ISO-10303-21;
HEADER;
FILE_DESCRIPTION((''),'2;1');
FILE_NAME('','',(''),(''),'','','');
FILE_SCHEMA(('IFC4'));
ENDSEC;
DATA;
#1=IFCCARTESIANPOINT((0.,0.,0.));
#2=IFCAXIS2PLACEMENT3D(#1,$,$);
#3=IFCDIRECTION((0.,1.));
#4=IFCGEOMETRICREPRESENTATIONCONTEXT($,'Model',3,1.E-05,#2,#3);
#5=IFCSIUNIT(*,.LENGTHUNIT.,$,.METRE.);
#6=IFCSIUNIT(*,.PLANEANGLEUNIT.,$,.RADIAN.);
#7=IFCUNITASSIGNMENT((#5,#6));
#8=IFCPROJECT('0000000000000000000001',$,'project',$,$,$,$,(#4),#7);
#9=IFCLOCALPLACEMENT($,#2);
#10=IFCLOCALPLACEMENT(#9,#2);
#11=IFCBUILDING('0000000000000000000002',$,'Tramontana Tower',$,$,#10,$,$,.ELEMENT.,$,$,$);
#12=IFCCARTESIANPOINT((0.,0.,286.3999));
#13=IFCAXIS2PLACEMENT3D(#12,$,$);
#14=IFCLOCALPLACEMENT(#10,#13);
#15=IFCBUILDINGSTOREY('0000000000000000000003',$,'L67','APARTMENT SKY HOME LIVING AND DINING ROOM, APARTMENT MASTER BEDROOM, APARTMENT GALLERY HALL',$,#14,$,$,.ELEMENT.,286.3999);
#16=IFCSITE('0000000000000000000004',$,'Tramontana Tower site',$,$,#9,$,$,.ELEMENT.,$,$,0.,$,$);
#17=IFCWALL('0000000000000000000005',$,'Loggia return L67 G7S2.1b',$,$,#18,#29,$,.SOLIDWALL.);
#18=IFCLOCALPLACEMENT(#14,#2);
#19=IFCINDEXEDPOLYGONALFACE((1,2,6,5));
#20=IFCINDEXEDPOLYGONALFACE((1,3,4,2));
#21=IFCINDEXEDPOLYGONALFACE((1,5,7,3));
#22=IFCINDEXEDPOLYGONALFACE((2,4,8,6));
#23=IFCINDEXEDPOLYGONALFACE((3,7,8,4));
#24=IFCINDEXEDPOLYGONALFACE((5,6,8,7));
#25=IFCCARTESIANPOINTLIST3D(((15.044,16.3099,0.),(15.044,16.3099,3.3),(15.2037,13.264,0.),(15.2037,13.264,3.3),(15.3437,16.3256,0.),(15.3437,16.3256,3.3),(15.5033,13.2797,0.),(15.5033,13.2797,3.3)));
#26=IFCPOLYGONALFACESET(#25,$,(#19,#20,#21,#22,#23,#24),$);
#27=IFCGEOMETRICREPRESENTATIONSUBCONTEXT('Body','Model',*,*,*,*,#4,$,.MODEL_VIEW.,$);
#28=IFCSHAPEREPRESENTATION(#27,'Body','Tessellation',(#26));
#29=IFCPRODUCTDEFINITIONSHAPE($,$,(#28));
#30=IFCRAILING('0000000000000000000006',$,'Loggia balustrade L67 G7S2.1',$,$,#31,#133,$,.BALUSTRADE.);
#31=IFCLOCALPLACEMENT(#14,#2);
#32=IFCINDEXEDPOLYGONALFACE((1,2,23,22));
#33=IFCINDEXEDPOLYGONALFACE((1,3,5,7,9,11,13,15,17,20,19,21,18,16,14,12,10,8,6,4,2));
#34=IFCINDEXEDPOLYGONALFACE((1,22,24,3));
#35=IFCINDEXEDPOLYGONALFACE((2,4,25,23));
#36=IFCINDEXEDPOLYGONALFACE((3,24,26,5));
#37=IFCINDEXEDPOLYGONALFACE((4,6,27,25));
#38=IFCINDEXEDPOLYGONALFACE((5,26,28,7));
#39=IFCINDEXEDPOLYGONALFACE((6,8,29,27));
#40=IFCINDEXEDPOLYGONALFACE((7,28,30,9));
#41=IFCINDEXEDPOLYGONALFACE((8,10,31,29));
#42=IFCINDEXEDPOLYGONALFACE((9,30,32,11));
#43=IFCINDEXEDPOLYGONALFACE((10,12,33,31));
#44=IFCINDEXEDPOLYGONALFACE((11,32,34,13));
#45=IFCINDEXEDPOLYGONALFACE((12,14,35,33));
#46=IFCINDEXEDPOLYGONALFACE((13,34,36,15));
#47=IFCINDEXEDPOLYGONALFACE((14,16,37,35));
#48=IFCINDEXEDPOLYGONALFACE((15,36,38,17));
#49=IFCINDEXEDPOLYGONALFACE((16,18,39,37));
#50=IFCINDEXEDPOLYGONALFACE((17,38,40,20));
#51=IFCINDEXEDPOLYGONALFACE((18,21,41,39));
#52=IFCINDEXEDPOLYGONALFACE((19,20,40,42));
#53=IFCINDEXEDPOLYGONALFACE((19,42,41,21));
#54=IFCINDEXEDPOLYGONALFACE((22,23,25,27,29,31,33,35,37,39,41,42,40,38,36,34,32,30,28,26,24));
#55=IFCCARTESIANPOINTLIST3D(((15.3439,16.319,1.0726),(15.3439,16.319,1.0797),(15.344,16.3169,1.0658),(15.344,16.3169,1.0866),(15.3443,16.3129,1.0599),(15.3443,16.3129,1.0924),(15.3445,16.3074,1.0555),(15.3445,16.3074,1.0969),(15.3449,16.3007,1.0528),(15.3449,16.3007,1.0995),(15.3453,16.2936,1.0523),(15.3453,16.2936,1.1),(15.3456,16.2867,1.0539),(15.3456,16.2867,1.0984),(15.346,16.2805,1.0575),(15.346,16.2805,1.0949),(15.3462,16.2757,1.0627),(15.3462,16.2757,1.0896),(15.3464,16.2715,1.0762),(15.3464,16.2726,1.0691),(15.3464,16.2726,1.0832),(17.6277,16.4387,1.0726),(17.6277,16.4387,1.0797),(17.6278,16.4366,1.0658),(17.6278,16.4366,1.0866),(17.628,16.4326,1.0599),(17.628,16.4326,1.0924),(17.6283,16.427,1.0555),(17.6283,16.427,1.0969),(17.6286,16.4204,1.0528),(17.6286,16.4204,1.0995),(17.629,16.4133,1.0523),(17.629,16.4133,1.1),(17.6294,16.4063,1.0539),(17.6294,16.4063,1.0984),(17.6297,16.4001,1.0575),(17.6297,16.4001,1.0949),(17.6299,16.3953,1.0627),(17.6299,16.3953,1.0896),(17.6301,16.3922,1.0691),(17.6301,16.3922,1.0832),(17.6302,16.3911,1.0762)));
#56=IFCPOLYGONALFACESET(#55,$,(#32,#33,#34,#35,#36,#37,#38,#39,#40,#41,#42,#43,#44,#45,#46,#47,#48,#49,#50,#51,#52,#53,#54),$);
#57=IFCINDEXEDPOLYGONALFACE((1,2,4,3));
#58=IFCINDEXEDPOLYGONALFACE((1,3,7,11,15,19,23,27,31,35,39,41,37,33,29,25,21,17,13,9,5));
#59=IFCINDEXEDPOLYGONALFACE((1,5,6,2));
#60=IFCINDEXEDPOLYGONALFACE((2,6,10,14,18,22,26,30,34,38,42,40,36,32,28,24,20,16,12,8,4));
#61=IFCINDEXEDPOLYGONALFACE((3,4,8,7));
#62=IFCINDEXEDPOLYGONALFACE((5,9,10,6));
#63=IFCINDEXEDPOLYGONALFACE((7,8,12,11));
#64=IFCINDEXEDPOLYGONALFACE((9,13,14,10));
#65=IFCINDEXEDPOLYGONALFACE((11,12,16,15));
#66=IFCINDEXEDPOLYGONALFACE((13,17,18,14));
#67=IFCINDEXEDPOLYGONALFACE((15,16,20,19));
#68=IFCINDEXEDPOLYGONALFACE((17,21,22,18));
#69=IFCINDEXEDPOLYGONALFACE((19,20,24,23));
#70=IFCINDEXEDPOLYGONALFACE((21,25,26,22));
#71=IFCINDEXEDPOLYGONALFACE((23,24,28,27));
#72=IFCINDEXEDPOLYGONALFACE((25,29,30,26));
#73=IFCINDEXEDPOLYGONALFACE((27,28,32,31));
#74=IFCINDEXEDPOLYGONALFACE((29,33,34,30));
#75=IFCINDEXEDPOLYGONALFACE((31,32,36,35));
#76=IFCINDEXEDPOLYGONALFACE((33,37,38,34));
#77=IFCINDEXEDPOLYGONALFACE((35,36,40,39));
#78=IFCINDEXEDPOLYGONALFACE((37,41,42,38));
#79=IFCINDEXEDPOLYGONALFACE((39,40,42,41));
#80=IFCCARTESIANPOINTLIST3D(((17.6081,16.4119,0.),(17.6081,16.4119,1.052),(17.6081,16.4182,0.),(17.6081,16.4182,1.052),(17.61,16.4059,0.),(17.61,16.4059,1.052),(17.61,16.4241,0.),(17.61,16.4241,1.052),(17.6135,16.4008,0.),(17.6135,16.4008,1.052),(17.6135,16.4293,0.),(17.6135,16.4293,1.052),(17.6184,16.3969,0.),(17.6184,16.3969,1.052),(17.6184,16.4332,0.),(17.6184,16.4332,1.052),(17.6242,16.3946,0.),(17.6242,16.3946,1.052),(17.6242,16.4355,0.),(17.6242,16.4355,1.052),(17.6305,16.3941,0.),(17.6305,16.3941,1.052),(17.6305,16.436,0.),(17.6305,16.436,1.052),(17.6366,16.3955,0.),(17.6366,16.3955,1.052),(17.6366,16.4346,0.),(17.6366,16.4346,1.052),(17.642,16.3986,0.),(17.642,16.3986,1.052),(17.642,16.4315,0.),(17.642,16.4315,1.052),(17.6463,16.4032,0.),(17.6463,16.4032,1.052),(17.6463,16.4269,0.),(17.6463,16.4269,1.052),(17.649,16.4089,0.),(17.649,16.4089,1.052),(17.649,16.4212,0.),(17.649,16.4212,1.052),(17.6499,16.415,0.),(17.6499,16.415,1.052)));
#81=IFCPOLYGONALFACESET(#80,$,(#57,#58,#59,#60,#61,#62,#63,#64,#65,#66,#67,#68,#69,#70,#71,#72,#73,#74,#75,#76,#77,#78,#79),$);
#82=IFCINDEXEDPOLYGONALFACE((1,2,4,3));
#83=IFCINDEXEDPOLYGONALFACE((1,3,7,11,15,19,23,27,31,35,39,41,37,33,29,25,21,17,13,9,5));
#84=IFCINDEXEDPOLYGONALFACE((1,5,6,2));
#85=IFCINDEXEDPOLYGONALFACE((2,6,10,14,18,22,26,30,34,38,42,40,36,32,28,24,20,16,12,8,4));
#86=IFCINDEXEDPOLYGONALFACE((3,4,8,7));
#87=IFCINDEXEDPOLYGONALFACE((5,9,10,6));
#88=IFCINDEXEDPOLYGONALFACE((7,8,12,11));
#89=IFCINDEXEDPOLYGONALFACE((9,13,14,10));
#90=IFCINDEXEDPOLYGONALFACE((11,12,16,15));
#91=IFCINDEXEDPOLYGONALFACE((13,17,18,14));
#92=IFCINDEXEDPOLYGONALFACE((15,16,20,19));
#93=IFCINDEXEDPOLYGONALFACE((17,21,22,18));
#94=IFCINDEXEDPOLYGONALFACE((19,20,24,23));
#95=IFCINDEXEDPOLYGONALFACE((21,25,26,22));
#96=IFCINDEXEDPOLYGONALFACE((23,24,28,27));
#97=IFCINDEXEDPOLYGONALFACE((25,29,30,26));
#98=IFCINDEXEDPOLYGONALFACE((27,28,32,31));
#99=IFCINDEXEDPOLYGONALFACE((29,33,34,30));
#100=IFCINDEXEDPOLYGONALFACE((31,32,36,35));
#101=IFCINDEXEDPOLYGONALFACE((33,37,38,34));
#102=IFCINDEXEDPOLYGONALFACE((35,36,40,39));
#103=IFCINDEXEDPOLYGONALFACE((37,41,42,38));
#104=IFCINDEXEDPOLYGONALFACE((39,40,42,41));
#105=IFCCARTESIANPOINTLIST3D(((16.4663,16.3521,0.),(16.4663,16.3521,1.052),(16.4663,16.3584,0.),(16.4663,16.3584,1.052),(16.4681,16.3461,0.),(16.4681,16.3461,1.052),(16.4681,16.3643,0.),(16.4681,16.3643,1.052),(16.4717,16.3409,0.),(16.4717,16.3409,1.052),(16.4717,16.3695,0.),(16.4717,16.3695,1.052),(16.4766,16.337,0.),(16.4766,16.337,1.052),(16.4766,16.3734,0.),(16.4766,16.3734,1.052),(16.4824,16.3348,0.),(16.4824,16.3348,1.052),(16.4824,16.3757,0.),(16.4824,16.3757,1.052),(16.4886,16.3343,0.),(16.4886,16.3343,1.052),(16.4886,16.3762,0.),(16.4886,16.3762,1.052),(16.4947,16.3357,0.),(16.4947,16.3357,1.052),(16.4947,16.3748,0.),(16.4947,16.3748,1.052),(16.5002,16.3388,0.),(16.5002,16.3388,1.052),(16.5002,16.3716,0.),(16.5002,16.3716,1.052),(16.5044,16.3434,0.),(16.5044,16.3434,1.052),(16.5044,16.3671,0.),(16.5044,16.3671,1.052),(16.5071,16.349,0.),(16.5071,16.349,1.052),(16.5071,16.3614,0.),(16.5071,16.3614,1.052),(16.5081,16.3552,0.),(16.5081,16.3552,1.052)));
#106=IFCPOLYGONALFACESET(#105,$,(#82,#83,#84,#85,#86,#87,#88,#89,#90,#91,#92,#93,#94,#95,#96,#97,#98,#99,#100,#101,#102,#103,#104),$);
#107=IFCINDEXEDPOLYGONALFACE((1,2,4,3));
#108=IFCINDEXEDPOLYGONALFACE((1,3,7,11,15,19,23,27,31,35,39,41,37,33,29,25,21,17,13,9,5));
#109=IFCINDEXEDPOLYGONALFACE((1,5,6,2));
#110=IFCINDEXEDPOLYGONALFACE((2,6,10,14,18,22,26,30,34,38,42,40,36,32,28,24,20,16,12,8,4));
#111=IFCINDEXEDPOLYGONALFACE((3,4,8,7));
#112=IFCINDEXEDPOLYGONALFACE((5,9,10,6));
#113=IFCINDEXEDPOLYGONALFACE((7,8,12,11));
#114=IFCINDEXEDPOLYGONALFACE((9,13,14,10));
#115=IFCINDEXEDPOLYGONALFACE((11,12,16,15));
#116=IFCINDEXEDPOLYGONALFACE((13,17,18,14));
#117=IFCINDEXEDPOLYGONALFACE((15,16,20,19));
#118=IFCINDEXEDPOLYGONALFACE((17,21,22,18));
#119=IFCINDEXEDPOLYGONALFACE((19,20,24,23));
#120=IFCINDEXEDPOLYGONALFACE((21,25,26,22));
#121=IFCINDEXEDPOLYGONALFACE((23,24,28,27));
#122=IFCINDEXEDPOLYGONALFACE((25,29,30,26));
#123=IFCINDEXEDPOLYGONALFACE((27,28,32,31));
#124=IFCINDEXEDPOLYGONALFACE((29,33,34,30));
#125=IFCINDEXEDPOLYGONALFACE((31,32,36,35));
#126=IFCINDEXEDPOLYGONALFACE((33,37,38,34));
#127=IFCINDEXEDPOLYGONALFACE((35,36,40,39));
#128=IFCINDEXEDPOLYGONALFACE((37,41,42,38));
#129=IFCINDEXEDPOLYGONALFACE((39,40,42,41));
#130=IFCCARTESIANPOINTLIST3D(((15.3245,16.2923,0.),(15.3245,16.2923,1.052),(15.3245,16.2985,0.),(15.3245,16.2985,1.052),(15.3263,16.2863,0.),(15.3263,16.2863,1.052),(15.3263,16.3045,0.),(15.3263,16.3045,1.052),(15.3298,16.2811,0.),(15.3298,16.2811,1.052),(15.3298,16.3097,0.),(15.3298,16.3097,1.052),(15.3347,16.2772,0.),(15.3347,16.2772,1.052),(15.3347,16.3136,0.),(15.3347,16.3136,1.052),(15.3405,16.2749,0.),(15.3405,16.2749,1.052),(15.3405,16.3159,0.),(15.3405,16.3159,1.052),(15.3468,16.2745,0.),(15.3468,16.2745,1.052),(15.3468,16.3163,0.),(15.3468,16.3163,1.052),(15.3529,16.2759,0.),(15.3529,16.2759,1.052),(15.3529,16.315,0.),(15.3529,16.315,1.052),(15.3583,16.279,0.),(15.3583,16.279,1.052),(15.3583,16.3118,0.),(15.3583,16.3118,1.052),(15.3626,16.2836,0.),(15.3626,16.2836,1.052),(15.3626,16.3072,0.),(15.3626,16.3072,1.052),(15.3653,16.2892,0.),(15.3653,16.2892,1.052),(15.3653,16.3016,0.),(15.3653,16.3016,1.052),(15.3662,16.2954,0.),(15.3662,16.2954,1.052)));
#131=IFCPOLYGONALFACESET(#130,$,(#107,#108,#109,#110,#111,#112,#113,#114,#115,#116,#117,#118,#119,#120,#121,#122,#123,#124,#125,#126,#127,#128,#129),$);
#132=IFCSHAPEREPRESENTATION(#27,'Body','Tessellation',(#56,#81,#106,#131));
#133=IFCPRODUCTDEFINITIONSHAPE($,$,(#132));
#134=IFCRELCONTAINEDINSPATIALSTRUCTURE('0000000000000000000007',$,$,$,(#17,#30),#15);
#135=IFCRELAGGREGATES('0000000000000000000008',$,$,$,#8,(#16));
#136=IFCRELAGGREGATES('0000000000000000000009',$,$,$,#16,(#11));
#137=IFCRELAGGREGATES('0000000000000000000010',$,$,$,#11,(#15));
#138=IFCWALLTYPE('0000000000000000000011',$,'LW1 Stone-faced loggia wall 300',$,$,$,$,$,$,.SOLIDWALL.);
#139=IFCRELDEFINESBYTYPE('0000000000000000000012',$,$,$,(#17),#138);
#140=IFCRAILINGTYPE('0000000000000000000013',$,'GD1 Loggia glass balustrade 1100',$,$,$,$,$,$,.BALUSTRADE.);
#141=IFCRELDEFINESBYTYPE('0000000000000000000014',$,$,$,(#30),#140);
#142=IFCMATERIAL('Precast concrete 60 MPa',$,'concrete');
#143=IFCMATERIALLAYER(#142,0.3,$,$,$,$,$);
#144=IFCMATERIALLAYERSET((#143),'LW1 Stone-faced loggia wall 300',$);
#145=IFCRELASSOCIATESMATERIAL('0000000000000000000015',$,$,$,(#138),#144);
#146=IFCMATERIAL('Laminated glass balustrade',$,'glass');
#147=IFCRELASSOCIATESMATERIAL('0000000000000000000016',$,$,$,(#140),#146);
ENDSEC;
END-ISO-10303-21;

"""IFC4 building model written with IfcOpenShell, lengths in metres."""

from ifc_helpers import new_model, si_unit, direction, frame, frame_2d, origin, origin_2d, place, context, subcontext, project, spatial, rectangle, circle, extrude, material, layer, layer_set, type_object, element, save


model = new_model("IFC4")

# Units and contexts
model_context = context("Model", 3, precision=1e-05, world=origin(), true_north=direction((0.0, 1.0)))
body_context = subcontext(model_context, "Body", "Model", "MODEL_VIEW")
ifc_project = project(units=[si_unit("LENGTHUNIT", "METRE"), si_unit("PLANEANGLEUNIT", "RADIAN")], contexts=[model_context])

# Site, building, storey
site_placement = place(None, origin())
site = spatial("IfcSite", under=ifc_project, at=site_placement, Name="Tramontana Tower site", CompositionType="ELEMENT", RefElevation=0.0)
building_placement = place(site_placement, origin())
building = spatial("IfcBuilding", under=site, at=building_placement, Name="Tramontana Tower", CompositionType="ELEMENT")
storey_placement = place(building_placement, frame((0.0, 0.0, 286.3999)))
storey = spatial("IfcBuildingStorey", under=building, at=storey_placement, Name="L67", Description="APARTMENT SKY HOME LIVING AND DINING ROOM, APARTMENT MASTER BEDROOM, APARTMENT GALLERY HALL", CompositionType="ELEMENT", Elevation=286.3999)

# Shared definitions
ifc_material_1 = material(Name="Precast concrete 60 MPa", Category="concrete")
ifc_layer_1 = layer(ifc_material_1, 0.3)
ifc_layer_set_1 = layer_set([ifc_layer_1], Name="LW1 Stone-faced loggia wall 300")
wall_type_1 = type_object("IfcWallType", Name="LW1 Stone-faced loggia wall 300", PredefinedType="SOLIDWALL", material=ifc_layer_set_1)

# Wall
wall_1_placement = place(storey_placement, frame((15.1938, 16.3176, 0.0), z_axis=(0.0, 0.0, 1.0), x_axis=(0.052349, -0.998629, 0.0)))
element("IfcWall", 1, at=wall_1_placement, inside=storey, type_object=wall_type_1, Name="Loggia return L67 G7S2.1b", PredefinedType="SOLIDWALL", context=body_context, shape_type="SweptSolid", body=[
    extrude(rectangle(XDim=3.05, YDim=0.3, at=frame_2d((1.5249, 0.0))), origin(), (0.0, 0.0, 1.0), 3.3),
])

# Railing
ifc_material_2 = material(Name="Laminated glass balustrade", Category="glass")
railing_type = type_object("IfcRailingType", Name="GD1 Loggia glass balustrade 1100", PredefinedType="BALUSTRADE", material=ifc_material_2)
railing_1_placement = place(storey_placement, frame((17.6289, 16.415, 0.0)))
element("IfcRailing", 2, at=railing_1_placement, inside=storey, type_object=railing_type, Name="Loggia balustrade L67 G7S2.1", PredefinedType="BALUSTRADE", context=body_context, shape_type="SweptSolid", body=[
    extrude(circle(Radius=0.0239, at=origin_2d()), frame((0.0, 0.0, 1.0762), z_axis=(-0.998631, -0.052312, 0.0), x_axis=(0.052312, -0.998631, 0.0)), (0.0, 0.0, 1.0), 2.2869),
    extrude(circle(Radius=0.021, at=origin_2d()), origin(), (0.0, 0.0, 1.0), 1.052),
    extrude(circle(Radius=0.021, at=origin_2d()), frame((-1.1418, -0.0598, 0.0)), (0.0, 0.0, 1.0), 1.052),
    extrude(circle(Radius=0.021, at=origin_2d()), frame((-2.2837, -0.1196, 0.0)), (0.0, 0.0, 1.0), 1.052),
])

save(model, "model.ifc")
